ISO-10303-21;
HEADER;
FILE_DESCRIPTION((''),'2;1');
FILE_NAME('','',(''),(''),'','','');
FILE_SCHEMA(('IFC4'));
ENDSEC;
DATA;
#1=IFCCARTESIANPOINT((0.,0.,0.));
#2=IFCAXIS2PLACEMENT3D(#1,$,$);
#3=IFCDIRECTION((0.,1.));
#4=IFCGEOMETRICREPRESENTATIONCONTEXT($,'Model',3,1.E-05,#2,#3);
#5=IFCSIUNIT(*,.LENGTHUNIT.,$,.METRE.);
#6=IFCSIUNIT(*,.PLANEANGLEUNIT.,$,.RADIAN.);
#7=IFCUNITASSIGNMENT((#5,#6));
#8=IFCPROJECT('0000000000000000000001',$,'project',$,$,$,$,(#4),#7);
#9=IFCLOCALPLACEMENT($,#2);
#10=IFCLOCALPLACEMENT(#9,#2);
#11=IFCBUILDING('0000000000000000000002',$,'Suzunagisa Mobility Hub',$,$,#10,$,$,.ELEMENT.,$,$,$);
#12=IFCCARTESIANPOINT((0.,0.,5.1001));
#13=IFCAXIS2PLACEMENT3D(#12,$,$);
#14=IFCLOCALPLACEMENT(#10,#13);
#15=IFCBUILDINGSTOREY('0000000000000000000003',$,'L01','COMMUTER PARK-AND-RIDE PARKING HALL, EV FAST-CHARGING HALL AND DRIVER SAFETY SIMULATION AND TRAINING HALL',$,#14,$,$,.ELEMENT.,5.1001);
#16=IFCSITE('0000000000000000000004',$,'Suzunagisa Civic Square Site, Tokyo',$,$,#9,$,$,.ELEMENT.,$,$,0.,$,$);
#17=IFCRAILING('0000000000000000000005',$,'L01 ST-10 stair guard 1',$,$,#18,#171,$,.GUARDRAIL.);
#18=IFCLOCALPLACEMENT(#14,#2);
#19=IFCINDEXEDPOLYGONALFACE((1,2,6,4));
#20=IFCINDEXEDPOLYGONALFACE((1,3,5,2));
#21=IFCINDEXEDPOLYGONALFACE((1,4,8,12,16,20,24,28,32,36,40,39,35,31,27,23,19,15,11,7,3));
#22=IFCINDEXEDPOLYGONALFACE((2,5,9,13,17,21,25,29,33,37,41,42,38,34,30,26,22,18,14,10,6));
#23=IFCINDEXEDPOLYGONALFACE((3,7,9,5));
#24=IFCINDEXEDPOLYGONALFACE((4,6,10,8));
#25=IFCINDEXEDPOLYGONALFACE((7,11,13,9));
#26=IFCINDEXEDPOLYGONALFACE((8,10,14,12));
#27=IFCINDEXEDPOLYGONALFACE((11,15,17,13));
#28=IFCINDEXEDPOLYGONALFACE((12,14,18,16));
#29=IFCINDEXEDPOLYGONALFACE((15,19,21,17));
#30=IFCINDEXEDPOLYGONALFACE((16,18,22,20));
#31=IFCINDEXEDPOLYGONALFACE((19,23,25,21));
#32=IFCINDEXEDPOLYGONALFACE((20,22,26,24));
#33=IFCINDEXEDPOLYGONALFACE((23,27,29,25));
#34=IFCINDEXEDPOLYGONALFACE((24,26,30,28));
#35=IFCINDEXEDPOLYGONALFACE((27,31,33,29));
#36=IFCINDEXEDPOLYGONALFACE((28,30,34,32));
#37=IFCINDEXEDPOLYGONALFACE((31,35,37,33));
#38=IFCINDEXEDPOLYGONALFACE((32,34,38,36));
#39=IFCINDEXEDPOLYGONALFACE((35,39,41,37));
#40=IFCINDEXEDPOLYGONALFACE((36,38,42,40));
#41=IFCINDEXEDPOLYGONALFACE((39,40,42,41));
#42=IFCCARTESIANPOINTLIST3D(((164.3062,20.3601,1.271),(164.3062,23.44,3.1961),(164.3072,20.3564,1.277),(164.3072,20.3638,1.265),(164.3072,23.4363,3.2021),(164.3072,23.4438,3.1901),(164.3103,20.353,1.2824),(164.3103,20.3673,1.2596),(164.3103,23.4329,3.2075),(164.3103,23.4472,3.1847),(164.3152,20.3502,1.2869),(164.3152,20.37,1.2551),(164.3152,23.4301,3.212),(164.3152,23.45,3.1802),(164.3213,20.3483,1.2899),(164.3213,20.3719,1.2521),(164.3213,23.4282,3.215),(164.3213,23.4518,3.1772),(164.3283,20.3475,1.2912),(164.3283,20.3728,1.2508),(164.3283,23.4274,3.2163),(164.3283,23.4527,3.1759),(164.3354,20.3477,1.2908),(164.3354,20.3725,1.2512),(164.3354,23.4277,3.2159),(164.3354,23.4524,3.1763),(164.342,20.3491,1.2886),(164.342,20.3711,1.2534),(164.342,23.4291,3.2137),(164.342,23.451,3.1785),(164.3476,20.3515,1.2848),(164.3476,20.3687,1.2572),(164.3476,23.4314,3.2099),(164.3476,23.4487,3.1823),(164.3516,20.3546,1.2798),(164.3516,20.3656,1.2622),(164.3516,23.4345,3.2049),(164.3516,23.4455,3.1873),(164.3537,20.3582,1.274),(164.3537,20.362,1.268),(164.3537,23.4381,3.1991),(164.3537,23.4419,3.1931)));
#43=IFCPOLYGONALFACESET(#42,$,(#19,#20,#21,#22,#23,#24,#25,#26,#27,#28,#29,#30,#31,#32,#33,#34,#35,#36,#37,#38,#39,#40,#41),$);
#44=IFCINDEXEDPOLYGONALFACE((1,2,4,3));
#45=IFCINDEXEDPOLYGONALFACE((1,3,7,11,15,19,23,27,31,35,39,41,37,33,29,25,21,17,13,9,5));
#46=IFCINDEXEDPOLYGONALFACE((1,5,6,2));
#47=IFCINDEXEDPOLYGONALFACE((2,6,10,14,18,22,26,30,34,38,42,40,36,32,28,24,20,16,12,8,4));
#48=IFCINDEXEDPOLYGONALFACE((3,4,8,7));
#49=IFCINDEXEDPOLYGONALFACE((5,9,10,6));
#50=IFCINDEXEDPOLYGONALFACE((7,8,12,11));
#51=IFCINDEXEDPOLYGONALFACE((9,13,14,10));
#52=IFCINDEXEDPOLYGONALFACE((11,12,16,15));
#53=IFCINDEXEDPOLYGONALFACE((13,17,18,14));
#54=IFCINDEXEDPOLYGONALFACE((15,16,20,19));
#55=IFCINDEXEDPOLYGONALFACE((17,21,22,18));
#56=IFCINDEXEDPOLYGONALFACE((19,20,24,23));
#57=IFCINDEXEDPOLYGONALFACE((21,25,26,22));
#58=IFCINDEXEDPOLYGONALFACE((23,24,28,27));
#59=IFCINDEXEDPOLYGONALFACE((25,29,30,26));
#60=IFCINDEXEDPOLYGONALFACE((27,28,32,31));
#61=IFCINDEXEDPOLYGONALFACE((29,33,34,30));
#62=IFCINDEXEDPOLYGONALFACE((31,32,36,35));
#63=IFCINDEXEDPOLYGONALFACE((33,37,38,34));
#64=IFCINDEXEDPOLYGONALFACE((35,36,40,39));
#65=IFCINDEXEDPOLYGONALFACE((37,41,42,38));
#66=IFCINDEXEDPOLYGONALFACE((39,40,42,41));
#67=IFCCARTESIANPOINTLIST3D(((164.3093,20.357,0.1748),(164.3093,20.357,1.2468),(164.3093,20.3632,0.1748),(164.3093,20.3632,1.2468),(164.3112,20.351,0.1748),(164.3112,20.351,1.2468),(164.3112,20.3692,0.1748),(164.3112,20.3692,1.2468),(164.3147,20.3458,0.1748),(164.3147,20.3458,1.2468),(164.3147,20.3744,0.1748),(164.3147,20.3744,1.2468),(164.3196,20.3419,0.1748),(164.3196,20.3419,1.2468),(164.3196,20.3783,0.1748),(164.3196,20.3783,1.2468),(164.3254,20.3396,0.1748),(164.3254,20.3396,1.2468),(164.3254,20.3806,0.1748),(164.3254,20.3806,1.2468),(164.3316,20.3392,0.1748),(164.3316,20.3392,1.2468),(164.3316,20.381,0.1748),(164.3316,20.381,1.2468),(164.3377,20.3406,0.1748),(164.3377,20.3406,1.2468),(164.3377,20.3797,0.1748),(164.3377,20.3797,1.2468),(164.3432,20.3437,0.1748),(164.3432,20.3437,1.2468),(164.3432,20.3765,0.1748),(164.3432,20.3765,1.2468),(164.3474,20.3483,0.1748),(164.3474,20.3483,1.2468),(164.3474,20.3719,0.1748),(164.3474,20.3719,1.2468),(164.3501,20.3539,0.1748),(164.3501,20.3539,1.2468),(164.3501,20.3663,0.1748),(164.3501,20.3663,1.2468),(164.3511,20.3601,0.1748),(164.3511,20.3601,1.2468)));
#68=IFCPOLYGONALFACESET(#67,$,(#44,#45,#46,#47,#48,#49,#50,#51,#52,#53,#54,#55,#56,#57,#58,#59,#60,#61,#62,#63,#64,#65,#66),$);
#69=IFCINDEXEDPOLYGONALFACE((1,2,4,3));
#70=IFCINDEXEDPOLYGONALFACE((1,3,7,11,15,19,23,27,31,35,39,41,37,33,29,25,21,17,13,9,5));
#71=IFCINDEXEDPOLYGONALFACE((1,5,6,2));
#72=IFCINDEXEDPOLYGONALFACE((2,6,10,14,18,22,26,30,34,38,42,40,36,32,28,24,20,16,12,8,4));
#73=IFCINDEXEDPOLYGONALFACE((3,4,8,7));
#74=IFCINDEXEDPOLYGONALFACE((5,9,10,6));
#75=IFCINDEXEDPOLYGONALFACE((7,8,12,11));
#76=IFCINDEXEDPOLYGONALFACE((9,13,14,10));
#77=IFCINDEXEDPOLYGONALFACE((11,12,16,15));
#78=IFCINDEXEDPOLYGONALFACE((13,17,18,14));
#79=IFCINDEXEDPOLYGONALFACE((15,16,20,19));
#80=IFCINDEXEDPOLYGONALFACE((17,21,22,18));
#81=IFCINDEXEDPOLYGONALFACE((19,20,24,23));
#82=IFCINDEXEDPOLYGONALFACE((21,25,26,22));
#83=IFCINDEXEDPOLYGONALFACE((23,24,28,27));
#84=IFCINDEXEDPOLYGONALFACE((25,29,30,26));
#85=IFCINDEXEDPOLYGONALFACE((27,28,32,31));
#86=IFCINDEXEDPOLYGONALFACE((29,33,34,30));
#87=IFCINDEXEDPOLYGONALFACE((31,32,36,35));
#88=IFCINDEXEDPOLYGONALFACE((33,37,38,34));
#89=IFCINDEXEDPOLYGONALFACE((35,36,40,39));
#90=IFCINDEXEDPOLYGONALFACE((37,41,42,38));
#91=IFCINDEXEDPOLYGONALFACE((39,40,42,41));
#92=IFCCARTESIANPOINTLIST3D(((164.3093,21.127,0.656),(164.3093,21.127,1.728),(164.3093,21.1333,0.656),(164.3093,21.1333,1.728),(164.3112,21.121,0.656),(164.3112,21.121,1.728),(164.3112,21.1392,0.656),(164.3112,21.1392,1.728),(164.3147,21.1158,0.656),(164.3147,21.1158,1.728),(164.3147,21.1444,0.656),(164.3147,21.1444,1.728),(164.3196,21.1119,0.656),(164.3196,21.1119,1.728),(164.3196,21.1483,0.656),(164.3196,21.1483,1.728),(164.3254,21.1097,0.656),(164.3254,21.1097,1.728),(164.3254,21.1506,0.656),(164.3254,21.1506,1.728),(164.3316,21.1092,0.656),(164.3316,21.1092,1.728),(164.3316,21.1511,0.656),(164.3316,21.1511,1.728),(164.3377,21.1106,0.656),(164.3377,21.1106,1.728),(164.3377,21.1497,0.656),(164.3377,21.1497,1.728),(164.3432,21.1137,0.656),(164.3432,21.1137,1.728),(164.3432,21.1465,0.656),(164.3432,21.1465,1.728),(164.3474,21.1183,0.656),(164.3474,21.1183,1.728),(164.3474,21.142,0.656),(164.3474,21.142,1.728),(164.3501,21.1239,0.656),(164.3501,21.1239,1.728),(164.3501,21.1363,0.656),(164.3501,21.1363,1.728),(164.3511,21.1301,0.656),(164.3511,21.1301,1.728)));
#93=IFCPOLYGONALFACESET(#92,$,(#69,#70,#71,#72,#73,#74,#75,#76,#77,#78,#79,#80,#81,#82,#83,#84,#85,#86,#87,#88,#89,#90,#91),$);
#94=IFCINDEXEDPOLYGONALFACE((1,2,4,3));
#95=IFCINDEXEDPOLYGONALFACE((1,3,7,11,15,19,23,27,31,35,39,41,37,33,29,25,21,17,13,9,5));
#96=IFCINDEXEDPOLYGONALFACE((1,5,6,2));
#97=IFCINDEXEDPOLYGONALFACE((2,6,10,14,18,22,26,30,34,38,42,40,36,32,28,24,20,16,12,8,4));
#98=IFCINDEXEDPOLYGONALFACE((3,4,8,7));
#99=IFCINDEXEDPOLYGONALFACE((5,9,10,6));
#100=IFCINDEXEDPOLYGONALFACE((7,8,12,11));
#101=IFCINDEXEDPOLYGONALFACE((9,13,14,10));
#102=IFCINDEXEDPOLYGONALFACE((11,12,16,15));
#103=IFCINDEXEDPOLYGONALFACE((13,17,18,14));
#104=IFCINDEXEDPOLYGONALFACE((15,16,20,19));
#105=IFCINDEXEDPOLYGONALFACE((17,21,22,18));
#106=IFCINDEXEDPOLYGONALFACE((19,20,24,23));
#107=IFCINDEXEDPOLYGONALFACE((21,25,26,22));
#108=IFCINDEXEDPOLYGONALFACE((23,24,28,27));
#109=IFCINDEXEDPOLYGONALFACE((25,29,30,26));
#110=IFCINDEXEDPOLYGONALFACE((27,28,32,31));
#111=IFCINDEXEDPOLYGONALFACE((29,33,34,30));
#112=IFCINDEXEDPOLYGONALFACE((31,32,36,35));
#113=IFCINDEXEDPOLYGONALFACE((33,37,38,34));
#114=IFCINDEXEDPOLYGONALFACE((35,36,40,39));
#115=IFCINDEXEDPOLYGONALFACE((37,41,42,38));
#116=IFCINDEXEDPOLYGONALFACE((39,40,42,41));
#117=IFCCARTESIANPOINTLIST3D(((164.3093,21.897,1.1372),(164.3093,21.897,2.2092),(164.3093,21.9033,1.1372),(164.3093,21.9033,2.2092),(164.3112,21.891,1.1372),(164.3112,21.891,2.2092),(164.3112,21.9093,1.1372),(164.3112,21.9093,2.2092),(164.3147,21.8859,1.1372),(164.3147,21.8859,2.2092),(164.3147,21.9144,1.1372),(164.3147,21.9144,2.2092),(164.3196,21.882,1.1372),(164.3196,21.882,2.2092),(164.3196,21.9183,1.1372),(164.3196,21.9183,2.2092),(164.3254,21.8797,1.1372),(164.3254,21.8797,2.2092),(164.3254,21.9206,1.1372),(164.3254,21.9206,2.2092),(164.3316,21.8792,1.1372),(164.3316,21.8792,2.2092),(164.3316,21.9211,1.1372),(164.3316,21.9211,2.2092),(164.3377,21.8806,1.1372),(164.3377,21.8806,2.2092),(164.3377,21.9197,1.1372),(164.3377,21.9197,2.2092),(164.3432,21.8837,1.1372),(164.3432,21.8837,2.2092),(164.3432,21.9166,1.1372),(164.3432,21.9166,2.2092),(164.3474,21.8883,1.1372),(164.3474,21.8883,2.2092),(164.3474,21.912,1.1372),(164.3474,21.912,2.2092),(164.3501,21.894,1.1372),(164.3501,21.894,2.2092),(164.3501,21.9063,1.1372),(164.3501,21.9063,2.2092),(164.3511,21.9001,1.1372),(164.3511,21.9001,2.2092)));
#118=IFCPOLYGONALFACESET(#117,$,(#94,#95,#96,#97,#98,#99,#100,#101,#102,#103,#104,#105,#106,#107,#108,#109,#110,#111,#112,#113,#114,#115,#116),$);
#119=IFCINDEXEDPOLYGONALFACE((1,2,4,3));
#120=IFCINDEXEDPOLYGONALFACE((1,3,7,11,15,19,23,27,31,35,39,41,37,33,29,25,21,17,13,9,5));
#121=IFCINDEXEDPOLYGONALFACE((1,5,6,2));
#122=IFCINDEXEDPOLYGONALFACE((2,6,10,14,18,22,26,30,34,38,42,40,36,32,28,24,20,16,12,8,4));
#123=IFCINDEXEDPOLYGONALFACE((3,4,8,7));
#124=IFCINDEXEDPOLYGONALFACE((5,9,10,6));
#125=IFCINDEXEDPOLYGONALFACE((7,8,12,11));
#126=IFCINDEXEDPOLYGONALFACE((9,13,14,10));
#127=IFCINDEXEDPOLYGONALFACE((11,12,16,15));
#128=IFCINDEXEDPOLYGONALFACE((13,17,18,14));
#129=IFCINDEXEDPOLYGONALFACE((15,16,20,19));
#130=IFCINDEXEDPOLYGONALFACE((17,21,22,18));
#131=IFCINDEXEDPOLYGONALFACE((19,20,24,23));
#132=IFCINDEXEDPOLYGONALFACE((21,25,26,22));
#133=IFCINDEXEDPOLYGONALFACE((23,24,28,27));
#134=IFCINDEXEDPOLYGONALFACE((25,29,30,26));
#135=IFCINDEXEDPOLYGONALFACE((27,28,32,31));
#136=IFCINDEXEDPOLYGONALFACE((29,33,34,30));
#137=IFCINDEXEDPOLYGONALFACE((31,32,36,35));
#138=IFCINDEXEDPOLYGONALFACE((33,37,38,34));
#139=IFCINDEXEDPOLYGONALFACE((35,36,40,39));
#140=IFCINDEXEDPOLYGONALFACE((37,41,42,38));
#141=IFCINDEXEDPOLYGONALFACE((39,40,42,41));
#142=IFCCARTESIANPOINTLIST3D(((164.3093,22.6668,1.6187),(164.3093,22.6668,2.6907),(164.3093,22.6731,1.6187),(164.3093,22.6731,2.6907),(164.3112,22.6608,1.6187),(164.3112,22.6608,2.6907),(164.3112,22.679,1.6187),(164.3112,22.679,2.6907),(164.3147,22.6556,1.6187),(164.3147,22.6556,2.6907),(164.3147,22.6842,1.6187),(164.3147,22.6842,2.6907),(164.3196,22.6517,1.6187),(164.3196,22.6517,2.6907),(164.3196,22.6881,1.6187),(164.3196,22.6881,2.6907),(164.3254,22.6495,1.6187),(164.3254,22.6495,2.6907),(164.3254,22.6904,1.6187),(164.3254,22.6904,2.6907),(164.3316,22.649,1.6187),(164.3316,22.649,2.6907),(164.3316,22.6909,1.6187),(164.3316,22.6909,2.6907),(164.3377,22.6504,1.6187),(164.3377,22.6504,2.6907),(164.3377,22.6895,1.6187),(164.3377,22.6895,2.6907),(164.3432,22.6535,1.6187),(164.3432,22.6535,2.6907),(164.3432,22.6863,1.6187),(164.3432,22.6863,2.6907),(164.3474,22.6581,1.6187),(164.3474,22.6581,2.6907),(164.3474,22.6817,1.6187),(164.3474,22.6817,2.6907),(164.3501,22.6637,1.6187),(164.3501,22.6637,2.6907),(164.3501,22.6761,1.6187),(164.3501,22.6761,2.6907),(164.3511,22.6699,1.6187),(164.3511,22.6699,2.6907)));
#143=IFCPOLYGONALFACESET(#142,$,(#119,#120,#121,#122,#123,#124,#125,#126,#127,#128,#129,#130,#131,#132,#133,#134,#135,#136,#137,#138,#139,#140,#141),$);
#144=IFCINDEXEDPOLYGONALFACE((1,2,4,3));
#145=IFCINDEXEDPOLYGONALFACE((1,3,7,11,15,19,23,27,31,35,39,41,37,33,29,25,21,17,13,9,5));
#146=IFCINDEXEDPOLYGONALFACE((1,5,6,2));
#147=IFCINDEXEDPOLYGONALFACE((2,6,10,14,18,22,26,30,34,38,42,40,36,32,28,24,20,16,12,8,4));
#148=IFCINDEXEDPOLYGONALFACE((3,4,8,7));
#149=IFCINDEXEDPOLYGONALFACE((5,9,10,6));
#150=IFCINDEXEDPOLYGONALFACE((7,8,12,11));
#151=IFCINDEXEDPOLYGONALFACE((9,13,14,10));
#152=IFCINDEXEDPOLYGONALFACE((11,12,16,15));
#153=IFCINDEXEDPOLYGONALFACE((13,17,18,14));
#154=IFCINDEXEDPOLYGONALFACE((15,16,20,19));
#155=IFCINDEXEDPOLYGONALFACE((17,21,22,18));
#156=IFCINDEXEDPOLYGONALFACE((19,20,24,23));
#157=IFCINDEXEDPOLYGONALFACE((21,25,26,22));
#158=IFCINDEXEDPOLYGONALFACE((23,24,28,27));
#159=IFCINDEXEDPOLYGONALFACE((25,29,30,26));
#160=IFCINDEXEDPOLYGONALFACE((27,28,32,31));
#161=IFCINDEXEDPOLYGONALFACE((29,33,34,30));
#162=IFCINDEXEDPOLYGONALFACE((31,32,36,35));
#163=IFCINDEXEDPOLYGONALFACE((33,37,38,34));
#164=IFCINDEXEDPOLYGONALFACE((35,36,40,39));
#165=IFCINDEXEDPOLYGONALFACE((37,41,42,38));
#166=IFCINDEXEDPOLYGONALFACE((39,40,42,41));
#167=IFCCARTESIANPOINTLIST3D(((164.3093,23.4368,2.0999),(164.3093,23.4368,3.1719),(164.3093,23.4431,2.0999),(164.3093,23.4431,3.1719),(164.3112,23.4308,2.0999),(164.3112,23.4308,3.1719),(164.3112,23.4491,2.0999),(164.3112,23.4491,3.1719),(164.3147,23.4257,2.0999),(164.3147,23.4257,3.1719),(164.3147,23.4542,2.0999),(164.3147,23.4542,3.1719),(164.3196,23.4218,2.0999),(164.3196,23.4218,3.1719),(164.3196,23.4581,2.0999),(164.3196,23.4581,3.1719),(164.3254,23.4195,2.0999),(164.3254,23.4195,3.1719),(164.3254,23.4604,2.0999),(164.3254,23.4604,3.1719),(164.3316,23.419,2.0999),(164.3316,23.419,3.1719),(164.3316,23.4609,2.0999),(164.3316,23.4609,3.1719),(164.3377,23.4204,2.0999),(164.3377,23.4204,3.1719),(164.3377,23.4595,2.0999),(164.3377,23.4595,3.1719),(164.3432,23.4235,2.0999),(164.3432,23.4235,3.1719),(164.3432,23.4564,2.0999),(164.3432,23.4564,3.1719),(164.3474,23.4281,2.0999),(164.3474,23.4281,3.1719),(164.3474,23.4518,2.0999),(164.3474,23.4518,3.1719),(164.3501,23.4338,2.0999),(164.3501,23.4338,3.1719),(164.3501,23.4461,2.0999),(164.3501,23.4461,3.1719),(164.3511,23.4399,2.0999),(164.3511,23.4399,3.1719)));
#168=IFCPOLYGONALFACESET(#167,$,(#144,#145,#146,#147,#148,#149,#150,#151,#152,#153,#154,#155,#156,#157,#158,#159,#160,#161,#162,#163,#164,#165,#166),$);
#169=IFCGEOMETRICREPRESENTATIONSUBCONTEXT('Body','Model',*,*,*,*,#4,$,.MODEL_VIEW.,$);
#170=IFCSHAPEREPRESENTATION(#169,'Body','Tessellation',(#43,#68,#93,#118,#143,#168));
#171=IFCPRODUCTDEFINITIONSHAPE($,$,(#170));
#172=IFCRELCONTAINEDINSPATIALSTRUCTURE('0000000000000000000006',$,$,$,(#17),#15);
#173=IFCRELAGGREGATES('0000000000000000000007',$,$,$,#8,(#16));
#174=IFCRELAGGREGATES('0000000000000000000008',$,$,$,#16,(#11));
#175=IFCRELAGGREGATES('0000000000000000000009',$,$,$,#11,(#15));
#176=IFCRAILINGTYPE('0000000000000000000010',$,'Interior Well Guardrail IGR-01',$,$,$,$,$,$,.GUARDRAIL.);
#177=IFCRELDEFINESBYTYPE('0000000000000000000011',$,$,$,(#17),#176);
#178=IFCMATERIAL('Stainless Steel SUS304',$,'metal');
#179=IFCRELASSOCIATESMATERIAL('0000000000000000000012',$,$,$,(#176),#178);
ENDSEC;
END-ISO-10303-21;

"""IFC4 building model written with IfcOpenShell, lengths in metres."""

from ifc_helpers import new_model, si_unit, direction, frame, origin, origin_2d, place, context, subcontext, project, spatial, circle, extrude, material, type_object, element, save


model = new_model("IFC4")

# Units and contexts
model_context = context("Model", 3, precision=1e-05, world=origin(), true_north=direction((0.0, 1.0)))
body_context = subcontext(model_context, "Body", "Model", "MODEL_VIEW")
ifc_project = project(units=[si_unit("LENGTHUNIT", "METRE"), si_unit("PLANEANGLEUNIT", "RADIAN")], contexts=[model_context])

# Site, building, storey
site_placement = place(None, origin())
site = spatial("IfcSite", under=ifc_project, at=site_placement, Name="Suzunagisa Civic Square Site, Tokyo", CompositionType="ELEMENT", RefElevation=0.0)
building_placement = place(site_placement, origin())
building = spatial("IfcBuilding", under=site, at=building_placement, Name="Suzunagisa Mobility Hub", CompositionType="ELEMENT")
storey_placement = place(building_placement, frame((0.0, 0.0, 5.1001)))
storey = spatial("IfcBuildingStorey", under=building, at=storey_placement, Name="L01", Description="COMMUTER PARK-AND-RIDE PARKING HALL, EV FAST-CHARGING HALL AND DRIVER SAFETY SIMULATION AND TRAINING HALL", CompositionType="ELEMENT", Elevation=5.1001)

# Railing
ifc_material_1 = material(Name="Stainless Steel SUS304", Category="metal")
railing_type_1 = type_object("IfcRailingType", Name="Interior Well Guardrail IGR-01", PredefinedType="GUARDRAIL", material=ifc_material_1)
railing_1_placement = place(storey_placement, frame((164.3301, 20.3601, 0.1748)))
element("IfcRailing", 1, at=railing_1_placement, inside=storey, type_object=railing_type_1, Name="L01 ST-10 stair guard 1", PredefinedType="GUARDRAIL", context=body_context, shape_type="SweptSolid", body=[
    extrude(circle(Radius=0.0239, at=origin_2d()), frame((0.0, 0.0, 1.0962), z_axis=(0.0, 0.847979, 0.530029), x_axis=(-1.0, 0.0, 0.0)), (0.0, 0.0, 1.0), 3.6321),
    extrude(circle(Radius=0.021, at=origin_2d()), origin(), (0.0, 0.0, 1.0), 1.072),
    extrude(circle(Radius=0.021, at=origin_2d()), frame((0.0, 0.77, 0.4812)), (0.0, 0.0, 1.0), 1.072),
    extrude(circle(Radius=0.021, at=origin_2d()), frame((0.0, 1.54, 0.9624)), (0.0, 0.0, 1.0), 1.072),
    extrude(circle(Radius=0.021, at=origin_2d()), frame((0.0, 2.3098, 1.4438)), (0.0, 0.0, 1.0), 1.072),
    extrude(circle(Radius=0.021, at=origin_2d()), frame((0.0, 3.0798, 1.925)), (0.0, 0.0, 1.0), 1.072),
])

save(model, "model.ifc")
